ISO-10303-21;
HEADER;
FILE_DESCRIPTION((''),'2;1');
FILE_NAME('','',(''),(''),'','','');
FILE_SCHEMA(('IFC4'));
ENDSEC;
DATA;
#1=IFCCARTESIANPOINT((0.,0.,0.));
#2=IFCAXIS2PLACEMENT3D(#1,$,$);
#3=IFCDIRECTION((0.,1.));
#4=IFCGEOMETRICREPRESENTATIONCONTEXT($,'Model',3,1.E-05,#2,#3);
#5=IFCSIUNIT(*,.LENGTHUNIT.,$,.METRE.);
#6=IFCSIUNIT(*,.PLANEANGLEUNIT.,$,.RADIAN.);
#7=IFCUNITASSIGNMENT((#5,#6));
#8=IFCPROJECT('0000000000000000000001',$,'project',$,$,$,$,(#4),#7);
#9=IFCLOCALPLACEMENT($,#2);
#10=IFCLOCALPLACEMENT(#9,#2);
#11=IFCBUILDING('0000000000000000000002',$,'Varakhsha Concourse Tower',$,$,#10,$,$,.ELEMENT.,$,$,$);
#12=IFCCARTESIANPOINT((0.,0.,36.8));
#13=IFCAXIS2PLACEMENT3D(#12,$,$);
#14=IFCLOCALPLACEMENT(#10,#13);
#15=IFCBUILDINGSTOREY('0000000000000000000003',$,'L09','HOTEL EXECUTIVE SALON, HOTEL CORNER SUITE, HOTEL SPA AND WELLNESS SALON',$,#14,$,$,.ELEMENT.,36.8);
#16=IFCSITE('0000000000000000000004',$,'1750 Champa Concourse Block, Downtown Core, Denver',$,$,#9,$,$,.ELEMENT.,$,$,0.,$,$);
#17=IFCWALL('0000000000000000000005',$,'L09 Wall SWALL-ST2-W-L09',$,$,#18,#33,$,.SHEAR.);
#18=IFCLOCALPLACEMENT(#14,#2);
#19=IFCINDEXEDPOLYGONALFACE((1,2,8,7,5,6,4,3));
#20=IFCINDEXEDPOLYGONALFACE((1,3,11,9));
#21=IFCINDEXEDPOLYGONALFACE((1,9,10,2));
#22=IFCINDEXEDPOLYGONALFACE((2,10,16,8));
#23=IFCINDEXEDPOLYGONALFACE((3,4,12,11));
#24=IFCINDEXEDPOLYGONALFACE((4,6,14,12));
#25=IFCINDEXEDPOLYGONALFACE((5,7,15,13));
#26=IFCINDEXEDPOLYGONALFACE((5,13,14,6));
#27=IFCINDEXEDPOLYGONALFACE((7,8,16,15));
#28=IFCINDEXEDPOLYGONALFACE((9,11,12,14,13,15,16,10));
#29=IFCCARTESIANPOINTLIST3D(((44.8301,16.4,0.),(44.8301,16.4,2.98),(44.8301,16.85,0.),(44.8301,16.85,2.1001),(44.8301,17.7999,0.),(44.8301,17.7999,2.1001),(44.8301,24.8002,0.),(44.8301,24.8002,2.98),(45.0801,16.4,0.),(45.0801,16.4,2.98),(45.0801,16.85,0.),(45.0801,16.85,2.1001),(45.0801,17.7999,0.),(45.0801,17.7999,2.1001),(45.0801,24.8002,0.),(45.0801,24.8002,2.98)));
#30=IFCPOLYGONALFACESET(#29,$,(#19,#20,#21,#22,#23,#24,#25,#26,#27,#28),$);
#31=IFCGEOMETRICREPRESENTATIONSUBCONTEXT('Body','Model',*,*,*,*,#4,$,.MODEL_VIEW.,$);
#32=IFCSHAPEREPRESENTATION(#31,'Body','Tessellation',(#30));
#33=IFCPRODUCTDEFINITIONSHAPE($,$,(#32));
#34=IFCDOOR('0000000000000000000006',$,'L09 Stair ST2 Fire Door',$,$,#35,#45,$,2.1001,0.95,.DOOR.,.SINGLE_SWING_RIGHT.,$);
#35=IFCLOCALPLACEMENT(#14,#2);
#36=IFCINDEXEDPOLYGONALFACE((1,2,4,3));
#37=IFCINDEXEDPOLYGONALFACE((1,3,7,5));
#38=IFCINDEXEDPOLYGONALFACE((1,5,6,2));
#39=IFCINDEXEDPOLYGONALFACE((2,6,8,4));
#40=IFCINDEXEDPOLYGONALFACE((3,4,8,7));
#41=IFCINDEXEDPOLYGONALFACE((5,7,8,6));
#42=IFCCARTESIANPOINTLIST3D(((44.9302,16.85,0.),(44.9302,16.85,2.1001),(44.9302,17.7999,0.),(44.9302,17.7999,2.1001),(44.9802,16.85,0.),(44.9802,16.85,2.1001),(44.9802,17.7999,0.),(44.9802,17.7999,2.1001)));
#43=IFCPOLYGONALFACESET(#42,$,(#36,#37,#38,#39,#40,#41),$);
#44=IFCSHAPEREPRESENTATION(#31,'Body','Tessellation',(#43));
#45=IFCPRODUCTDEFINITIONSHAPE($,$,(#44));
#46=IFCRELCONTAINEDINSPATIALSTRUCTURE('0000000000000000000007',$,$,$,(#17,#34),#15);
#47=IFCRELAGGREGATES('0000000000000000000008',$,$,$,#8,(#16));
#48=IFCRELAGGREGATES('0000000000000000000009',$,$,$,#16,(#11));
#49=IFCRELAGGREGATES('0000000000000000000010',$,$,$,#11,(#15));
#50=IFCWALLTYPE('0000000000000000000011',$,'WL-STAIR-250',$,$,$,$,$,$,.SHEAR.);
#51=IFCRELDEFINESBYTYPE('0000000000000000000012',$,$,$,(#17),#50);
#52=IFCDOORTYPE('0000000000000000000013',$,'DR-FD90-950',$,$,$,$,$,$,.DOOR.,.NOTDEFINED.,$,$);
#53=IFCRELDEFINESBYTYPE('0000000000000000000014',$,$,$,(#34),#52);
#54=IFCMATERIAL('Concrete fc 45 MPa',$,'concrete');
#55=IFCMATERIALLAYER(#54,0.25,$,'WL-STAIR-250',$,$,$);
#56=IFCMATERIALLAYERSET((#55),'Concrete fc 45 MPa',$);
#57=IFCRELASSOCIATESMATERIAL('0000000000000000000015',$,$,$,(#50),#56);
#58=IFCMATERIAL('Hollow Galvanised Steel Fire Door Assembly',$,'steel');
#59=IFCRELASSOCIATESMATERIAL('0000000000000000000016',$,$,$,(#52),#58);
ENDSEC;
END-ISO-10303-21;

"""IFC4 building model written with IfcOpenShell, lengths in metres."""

from ifc_helpers import new_model, si_unit, direction, frame, frame_2d, origin, place, context, subcontext, project, spatial, rectangle, extrude, material, layer, layer_set, type_object, element, fill, save


model = new_model("IFC4")

# Units and contexts
model_context = context("Model", 3, precision=1e-05, world=origin(), true_north=direction((0.0, 1.0)))
body_context = subcontext(model_context, "Body", "Model", "MODEL_VIEW")
ifc_project = project(units=[si_unit("LENGTHUNIT", "METRE"), si_unit("PLANEANGLEUNIT", "RADIAN")], contexts=[model_context])

# Site, building, storey
site_placement = place(None, origin())
site = spatial("IfcSite", under=ifc_project, at=site_placement, Name="1750 Champa Concourse Block, Downtown Core, Denver", CompositionType="ELEMENT", RefElevation=0.0)
building_placement = place(site_placement, origin())
building = spatial("IfcBuilding", under=site, at=building_placement, Name="Varakhsha Concourse Tower", CompositionType="ELEMENT")
storey_placement = place(building_placement, frame((0.0, 0.0, 36.8)))
storey = spatial("IfcBuildingStorey", under=building, at=storey_placement, Name="L09", Description="HOTEL EXECUTIVE SALON, HOTEL CORNER SUITE, HOTEL SPA AND WELLNESS SALON", CompositionType="ELEMENT", Elevation=36.8)

# Shared definitions
ifc_material_1 = material(Name="Hollow Galvanised Steel Fire Door Assembly", Category="steel")

# Wall, opening, door
ifc_material_2 = material(Name="Concrete fc 45 MPa", Category="concrete")
ifc_layer_1 = layer(ifc_material_2, 0.25, Name="WL-STAIR-250")
ifc_layer_set_1 = layer_set([ifc_layer_1], Name="Concrete fc 45 MPa")
wall_type_1 = type_object("IfcWallType", Name="WL-STAIR-250", PredefinedType="SHEAR", material=ifc_layer_set_1)
wall_1_placement = place(storey_placement, frame((44.9551, 16.3999, 0.0), z_axis=(0.0, 0.0, 1.0), x_axis=(0.0, 1.0, 0.0)))
wall_1 = element("IfcWall", 1, at=wall_1_placement, inside=storey, type_object=wall_type_1, Name="L09 Wall SWALL-ST2-W-L09", PredefinedType="SHEAR", context=body_context, shape_type="SweptSolid", body=[
    extrude(rectangle(XDim=8.4001, YDim=0.25, at=frame_2d((4.2002, 0.0))), origin(), (0.0, 0.0, 1.0), 2.98),
])
opening_1_placement = place(wall_1_placement, frame((0.45, 0.0, 0.0)))
opening_1 = element("IfcOpeningElement", 2, at=opening_1_placement, cuts=wall_1, PredefinedType="OPENING", context=body_context, shape_type="SweptSolid", body=[
    extrude(rectangle(XDim=0.95, YDim=2.1001, at=frame_2d((0.4751, 1.05))), frame((0.0, 0.135, 0.0), z_axis=(0.0, -1.0, 0.0), x_axis=(1.0, 0.0, 0.0)), (0.0, 0.0, 1.0), 0.27),
])
door_type_1 = type_object("IfcDoorType", Name="DR-FD90-950", OperationType="NOTDEFINED", PredefinedType="DOOR", material=ifc_material_1)
door_1_placement = place(opening_1_placement, origin())
door_1 = element("IfcDoor", 3, at=door_1_placement, inside=storey, type_object=door_type_1, Name="L09 Stair ST2 Fire Door", OperationType="SINGLE_SWING_RIGHT", OverallHeight=2.1001, OverallWidth=0.95, PredefinedType="DOOR", context=body_context, shape_type="SweptSolid", body=[
    extrude(rectangle(XDim=0.95, YDim=2.1001, at=frame_2d((0.4751, 1.05))), frame((0.0, 0.0249, 0.0), z_axis=(0.0, -1.0, 0.0), x_axis=(1.0, 0.0, 0.0)), (0.0, 0.0, 1.0), 0.05),
])
fill(opening_1, door_1)

save(model, "model.ifc")
